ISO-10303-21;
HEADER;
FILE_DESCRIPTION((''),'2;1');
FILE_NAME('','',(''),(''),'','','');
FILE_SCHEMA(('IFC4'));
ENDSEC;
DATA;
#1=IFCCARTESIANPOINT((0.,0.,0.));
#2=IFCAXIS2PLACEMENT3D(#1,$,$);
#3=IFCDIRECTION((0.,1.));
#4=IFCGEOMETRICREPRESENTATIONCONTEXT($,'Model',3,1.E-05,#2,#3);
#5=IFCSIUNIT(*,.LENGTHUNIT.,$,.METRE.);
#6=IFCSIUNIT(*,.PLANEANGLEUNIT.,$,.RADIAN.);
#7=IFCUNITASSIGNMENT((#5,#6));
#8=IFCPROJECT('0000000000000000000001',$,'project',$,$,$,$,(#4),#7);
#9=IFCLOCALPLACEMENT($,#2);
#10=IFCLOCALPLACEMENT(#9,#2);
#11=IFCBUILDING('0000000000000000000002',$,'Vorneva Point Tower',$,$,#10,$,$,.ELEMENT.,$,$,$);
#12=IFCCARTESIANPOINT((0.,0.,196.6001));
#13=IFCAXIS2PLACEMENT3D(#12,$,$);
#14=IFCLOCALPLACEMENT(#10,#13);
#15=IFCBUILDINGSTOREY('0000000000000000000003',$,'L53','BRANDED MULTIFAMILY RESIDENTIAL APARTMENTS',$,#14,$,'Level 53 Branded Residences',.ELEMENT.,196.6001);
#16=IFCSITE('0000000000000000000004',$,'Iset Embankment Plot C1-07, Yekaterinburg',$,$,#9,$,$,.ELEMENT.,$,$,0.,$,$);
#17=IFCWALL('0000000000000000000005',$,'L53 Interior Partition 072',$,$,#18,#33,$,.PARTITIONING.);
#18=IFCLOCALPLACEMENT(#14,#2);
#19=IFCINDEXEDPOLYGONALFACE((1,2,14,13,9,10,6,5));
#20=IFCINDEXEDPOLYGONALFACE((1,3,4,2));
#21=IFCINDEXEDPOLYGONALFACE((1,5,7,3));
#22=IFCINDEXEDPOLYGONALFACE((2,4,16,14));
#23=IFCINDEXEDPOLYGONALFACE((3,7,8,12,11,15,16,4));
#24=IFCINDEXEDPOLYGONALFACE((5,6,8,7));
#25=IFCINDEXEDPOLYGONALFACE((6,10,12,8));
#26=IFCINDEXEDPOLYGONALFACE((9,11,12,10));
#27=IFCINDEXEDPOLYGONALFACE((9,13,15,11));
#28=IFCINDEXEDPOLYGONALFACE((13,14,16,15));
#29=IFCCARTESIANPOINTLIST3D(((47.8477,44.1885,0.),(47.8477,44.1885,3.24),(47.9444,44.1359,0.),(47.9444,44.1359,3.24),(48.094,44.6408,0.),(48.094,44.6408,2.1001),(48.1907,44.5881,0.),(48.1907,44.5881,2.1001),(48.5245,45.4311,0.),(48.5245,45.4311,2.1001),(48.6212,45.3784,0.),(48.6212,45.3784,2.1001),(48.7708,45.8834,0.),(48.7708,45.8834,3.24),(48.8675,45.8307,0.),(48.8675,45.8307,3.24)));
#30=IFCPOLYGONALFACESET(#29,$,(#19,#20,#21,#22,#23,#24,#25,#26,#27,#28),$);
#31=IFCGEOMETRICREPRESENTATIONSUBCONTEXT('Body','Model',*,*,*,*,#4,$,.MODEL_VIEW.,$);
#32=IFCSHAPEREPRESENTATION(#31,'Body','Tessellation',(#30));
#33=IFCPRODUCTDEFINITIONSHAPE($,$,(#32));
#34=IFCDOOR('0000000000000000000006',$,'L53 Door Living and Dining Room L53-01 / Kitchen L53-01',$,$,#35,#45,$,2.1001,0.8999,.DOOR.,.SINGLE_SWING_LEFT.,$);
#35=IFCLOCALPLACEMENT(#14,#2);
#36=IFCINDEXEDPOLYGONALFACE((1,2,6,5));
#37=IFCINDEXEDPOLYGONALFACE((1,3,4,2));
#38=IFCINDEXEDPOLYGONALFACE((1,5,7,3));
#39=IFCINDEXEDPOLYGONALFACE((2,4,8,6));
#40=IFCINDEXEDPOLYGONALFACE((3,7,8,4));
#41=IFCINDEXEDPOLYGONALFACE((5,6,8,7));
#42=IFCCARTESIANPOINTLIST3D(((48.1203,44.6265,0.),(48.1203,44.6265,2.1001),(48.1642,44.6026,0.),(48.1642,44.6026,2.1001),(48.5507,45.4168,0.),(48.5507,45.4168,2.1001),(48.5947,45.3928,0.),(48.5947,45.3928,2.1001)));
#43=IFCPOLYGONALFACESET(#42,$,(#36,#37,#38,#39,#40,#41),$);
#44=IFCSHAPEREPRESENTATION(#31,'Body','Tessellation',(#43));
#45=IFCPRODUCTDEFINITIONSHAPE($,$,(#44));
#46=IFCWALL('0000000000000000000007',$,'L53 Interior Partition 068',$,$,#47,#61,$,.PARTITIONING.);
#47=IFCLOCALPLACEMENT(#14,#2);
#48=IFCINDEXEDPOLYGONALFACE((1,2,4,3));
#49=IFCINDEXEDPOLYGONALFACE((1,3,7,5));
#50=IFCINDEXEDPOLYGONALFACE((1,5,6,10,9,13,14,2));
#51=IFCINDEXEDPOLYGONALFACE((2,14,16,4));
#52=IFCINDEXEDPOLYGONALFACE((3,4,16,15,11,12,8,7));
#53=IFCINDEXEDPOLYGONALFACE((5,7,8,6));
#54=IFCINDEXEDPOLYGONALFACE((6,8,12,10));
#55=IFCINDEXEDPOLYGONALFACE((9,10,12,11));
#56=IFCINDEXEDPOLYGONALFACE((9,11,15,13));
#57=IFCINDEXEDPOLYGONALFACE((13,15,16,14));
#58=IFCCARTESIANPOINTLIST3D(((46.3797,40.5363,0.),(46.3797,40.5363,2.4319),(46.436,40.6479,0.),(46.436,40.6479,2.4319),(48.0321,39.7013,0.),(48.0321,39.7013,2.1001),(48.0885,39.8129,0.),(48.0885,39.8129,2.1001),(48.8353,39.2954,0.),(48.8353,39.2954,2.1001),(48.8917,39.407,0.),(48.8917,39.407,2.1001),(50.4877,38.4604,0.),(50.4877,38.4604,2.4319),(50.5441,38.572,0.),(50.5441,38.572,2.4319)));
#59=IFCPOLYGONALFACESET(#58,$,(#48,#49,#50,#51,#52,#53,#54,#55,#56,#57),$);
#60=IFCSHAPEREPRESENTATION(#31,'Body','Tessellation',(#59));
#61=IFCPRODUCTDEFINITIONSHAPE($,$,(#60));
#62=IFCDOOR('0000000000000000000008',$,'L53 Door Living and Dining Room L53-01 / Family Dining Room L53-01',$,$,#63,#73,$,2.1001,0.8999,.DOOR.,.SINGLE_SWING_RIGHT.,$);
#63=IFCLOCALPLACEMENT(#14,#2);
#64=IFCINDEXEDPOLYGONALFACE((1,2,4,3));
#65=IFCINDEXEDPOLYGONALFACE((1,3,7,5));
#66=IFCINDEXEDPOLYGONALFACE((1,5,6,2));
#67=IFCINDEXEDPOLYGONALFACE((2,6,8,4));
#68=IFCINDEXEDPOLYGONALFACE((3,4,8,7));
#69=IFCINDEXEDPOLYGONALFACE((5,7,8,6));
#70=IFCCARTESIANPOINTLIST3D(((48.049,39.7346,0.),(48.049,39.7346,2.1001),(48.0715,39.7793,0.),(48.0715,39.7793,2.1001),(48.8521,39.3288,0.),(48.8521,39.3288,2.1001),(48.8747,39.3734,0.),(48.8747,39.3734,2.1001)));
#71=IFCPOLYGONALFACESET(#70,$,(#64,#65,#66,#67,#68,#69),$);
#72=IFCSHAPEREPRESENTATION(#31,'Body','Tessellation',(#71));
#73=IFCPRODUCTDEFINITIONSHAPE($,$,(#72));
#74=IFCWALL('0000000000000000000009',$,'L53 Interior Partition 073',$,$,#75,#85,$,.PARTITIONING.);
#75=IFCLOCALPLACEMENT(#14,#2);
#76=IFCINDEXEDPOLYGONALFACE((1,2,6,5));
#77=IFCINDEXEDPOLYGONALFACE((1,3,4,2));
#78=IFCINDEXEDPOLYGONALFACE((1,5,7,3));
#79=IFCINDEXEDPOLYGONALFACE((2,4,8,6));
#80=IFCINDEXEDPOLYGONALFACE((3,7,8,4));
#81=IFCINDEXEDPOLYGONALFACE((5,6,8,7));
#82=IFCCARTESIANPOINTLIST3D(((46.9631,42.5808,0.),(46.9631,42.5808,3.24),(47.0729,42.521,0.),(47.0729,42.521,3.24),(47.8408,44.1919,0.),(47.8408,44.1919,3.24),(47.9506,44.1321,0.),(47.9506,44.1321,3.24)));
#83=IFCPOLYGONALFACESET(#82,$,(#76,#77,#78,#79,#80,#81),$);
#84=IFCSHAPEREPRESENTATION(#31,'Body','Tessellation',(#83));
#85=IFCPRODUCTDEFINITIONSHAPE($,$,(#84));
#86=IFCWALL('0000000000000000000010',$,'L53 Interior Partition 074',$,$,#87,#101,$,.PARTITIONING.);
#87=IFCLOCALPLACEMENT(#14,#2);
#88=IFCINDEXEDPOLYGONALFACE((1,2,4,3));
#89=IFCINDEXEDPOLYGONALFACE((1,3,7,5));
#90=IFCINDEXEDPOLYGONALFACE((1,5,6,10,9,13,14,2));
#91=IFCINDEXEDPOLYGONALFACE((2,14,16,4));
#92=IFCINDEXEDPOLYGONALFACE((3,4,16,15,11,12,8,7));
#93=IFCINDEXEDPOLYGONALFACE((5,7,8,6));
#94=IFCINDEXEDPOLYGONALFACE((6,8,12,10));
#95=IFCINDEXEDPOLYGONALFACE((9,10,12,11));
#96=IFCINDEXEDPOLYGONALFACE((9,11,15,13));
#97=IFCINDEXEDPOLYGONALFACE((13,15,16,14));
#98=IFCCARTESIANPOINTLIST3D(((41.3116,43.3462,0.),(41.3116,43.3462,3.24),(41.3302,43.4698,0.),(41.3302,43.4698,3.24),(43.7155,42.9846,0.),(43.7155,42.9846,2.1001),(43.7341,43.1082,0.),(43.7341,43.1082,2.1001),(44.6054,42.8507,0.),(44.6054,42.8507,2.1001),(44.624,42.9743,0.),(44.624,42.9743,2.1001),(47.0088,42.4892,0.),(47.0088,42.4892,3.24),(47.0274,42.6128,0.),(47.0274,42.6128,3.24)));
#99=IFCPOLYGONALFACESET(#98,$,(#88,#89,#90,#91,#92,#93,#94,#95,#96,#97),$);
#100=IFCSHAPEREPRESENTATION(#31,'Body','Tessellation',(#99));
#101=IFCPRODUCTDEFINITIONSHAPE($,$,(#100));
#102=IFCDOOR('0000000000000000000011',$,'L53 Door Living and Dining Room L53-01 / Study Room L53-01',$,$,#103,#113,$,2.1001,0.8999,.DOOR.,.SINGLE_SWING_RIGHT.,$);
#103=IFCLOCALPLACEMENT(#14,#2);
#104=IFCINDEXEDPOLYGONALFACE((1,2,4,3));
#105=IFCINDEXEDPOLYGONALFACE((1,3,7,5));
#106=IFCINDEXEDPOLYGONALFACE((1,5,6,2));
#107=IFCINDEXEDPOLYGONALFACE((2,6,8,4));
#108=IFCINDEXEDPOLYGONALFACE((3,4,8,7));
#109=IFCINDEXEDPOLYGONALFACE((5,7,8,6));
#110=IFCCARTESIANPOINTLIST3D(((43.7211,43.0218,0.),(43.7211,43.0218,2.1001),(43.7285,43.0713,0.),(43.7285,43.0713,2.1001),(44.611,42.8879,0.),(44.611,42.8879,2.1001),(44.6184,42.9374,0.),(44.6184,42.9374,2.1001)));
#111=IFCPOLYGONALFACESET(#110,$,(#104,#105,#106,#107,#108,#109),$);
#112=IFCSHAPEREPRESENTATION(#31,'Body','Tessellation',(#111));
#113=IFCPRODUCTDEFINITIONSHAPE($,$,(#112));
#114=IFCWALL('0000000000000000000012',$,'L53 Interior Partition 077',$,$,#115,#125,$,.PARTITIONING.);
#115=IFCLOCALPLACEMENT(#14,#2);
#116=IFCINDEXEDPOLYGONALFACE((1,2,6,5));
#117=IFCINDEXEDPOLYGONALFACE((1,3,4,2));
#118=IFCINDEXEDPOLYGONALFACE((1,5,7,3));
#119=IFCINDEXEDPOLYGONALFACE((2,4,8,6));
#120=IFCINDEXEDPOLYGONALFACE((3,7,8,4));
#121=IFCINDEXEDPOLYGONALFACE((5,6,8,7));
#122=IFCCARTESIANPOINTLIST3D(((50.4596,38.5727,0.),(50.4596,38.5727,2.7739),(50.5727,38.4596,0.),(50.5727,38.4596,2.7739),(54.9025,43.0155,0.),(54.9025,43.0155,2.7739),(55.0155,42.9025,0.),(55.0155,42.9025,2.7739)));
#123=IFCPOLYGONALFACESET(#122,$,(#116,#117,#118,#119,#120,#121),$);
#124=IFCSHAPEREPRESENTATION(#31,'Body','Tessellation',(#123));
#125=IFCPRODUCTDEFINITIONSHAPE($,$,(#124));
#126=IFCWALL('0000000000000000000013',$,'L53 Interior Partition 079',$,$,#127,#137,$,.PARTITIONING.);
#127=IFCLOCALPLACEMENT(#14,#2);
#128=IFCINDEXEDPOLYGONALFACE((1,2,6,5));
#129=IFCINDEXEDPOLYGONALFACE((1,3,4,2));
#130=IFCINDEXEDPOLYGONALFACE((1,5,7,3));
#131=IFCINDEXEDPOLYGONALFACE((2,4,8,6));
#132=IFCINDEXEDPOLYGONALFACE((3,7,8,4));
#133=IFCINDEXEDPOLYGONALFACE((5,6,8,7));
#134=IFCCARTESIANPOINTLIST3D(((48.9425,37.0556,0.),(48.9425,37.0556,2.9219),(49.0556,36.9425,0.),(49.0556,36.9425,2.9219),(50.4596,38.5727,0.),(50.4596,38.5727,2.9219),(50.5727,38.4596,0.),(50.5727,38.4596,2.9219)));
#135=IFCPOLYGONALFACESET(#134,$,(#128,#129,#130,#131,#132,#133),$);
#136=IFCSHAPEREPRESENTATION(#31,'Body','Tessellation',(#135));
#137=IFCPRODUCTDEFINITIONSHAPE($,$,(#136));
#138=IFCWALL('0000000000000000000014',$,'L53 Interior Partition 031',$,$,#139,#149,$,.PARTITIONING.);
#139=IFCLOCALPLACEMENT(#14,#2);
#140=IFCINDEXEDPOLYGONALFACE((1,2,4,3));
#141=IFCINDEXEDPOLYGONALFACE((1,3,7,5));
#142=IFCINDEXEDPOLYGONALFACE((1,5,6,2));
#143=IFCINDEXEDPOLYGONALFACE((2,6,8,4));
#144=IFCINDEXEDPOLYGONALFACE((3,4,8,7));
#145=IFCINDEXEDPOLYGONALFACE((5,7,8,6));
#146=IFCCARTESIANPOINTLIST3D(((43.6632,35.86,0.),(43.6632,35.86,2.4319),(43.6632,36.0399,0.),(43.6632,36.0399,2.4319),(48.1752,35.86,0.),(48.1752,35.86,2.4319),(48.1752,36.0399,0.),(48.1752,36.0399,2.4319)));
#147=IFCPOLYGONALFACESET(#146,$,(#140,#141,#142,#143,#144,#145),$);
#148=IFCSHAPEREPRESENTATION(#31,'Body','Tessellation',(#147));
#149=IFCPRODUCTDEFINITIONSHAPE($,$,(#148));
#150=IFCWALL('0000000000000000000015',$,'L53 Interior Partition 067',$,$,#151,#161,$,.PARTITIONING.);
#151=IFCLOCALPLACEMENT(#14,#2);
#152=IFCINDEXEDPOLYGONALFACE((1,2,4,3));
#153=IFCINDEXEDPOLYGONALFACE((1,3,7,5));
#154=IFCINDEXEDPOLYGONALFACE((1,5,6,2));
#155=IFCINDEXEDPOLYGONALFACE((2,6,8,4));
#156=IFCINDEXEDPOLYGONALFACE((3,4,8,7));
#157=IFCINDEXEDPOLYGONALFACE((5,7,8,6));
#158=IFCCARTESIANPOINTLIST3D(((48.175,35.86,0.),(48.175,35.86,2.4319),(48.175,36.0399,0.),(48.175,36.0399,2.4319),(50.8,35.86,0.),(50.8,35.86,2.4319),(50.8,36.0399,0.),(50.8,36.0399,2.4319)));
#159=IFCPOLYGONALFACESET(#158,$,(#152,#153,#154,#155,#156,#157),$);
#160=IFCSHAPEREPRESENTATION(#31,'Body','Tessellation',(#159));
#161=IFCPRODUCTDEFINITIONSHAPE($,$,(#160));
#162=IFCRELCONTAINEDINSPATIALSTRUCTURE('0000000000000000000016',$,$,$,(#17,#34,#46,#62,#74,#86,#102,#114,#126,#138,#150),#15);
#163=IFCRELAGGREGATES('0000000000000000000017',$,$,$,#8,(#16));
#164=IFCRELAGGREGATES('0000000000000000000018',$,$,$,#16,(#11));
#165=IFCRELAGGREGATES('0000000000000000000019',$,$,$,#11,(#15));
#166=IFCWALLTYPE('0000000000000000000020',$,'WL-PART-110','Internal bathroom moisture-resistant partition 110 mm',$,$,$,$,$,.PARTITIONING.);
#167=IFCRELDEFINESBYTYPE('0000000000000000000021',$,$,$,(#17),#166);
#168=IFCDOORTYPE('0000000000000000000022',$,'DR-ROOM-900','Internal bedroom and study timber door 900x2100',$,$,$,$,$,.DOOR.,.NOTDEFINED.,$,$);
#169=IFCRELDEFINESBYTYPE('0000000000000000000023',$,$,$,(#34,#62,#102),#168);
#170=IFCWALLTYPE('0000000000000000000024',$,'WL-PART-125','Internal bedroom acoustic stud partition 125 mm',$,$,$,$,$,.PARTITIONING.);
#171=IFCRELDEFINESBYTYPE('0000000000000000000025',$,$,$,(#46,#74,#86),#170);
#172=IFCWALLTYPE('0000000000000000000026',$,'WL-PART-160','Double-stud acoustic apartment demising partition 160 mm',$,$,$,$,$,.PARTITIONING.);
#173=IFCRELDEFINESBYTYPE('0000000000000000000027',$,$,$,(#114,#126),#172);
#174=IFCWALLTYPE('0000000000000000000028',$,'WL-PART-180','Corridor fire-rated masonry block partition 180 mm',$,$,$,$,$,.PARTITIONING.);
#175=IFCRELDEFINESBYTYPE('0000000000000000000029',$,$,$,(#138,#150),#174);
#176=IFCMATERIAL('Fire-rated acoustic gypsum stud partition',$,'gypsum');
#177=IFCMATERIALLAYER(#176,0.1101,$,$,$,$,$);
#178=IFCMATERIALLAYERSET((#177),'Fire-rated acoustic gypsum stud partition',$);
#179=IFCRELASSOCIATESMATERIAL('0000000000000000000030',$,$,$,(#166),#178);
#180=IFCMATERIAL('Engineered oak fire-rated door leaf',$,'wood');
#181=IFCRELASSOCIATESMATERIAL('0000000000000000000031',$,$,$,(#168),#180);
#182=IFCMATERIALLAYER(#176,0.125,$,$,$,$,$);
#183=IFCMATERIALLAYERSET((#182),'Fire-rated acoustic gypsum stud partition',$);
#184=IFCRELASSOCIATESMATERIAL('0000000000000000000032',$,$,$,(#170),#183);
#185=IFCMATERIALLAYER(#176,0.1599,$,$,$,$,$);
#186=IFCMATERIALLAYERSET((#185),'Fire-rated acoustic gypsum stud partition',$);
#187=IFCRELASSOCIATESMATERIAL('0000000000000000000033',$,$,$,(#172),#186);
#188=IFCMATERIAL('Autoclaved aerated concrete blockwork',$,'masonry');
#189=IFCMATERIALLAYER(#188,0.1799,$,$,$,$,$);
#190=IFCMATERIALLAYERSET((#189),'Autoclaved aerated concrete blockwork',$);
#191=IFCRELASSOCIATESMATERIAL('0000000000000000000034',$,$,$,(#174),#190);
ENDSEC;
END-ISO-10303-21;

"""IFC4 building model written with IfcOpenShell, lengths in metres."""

from ifc_helpers import new_model, si_unit, direction, frame, frame_2d, origin, place, context, subcontext, project, spatial, rectangle, extrude, material, layer, layer_set, type_object, element, fill, save


model = new_model("IFC4")

# Units and contexts
model_context = context("Model", 3, precision=1e-05, world=origin(), true_north=direction((0.0, 1.0)))
body_context = subcontext(model_context, "Body", "Model", "MODEL_VIEW")
ifc_project = project(units=[si_unit("LENGTHUNIT", "METRE"), si_unit("PLANEANGLEUNIT", "RADIAN")], contexts=[model_context])

# Site, building, storey
site_placement = place(None, origin())
site = spatial("IfcSite", under=ifc_project, at=site_placement, Name="Iset Embankment Plot C1-07, Yekaterinburg", CompositionType="ELEMENT", RefElevation=0.0)
building_placement = place(site_placement, origin())
building = spatial("IfcBuilding", under=site, at=building_placement, Name="Vorneva Point Tower", CompositionType="ELEMENT")
storey_placement = place(building_placement, frame((0.0, 0.0, 196.6001)))
storey = spatial("IfcBuildingStorey", under=building, at=storey_placement, Name="L53", Description="BRANDED MULTIFAMILY RESIDENTIAL APARTMENTS", LongName="Level 53 Branded Residences", CompositionType="ELEMENT", Elevation=196.6001)

# Shared definitions
ifc_material_1 = material(Name="Fire-rated acoustic gypsum stud partition", Category="gypsum")
ifc_layer_1 = layer(ifc_material_1, 0.1101)
ifc_layer_set_1 = layer_set([ifc_layer_1], Name="Fire-rated acoustic gypsum stud partition")
wall_type_1 = type_object("IfcWallType", Name="WL-PART-110", Description="Internal bathroom moisture-resistant partition 110 mm", PredefinedType="PARTITIONING", material=ifc_layer_set_1)

# Walls, openings, doors
wall_1_placement = place(storey_placement, frame((48.8191, 45.8569, 0.0), z_axis=(0.0, 0.0, 1.0), x_axis=(-0.478311, -0.87819, 0.0)))
wall_1 = element("IfcWall", 1, at=wall_1_placement, inside=storey, type_object=wall_type_1, Name="L53 Interior Partition 072", PredefinedType="PARTITIONING", context=body_context, shape_type="SweptSolid", body=[
    extrude(rectangle(XDim=1.9299, YDim=0.1101, at=frame_2d((0.9648, 0.0))), origin(), (0.0, 0.0, 1.0), 3.24),
])
opening_1_placement = place(wall_1_placement, frame((0.5149, 0.0, 0.0)))
opening_1 = element("IfcOpeningElement", 2, at=opening_1_placement, cuts=wall_1, PredefinedType="OPENING", context=body_context, shape_type="SweptSolid", body=[
    extrude(rectangle(XDim=0.8999, YDim=2.1001, at=frame_2d((0.45, 1.05))), frame((0.0, 0.0698, 0.0), z_axis=(0.0, -1.0, 0.0), x_axis=(1.0, 0.0, 0.0)), (0.0, 0.0, 1.0), 0.1399),
])
ifc_material_2 = material(Name="Engineered oak fire-rated door leaf", Category="wood")
door_type = type_object("IfcDoorType", Name="DR-ROOM-900", Description="Internal bedroom and study timber door 900x2100", OperationType="NOTDEFINED", PredefinedType="DOOR", material=ifc_material_2)
door_1_placement = place(opening_1_placement, origin())
door_1 = element("IfcDoor", 3, at=door_1_placement, inside=storey, type_object=door_type, Name="L53 Door Living and Dining Room L53-01 / Kitchen L53-01", OperationType="SINGLE_SWING_LEFT", OverallHeight=2.1001, OverallWidth=0.8999, PredefinedType="DOOR", context=body_context, shape_type="SweptSolid", body=[
    extrude(rectangle(XDim=0.8999, YDim=2.1001, at=frame_2d((0.45, 1.05))), frame((0.0, 0.0249, 0.0), z_axis=(0.0, -1.0, 0.0), x_axis=(1.0, 0.0, 0.0)), (0.0, 0.0, 1.0), 0.05),
])
fill(opening_1, door_1)
ifc_layer_2 = layer(ifc_material_1, 0.125)
ifc_layer_set_2 = layer_set([ifc_layer_2], Name="Fire-rated acoustic gypsum stud partition")
wall_type_2 = type_object("IfcWallType", Name="WL-PART-125", Description="Internal bedroom acoustic stud partition 125 mm", PredefinedType="PARTITIONING", material=ifc_layer_set_2)
wall_2_placement = place(storey_placement, frame((46.408, 40.592, 0.0), z_axis=(0.0, 0.0, 1.0), x_axis=(0.89252, -0.451007, 0.0)))
wall_2 = element("IfcWall", 4, at=wall_2_placement, inside=storey, type_object=wall_type_2, Name="L53 Interior Partition 068", PredefinedType="PARTITIONING", context=body_context, shape_type="SweptSolid", body=[
    extrude(rectangle(XDim=4.6028, YDim=0.125, at=frame_2d((2.3013, 0.0))), origin(), (0.0, 0.0, 1.0), 2.4319),
])
opening_2_placement = place(wall_2_placement, frame((1.8513, 0.0, 0.0)))
opening_2 = element("IfcOpeningElement", 5, at=opening_2_placement, cuts=wall_2, PredefinedType="OPENING", context=body_context, shape_type="SweptSolid", body=[
    extrude(rectangle(XDim=0.8999, YDim=2.1001, at=frame_2d((0.45, 1.05))), frame((0.0, 0.0774, 0.0), z_axis=(0.0, -1.0, 0.0), x_axis=(1.0, 0.0, 0.0)), (0.0, 0.0, 1.0), 0.1548),
])
door_2_placement = place(opening_2_placement, origin())
door_2 = element("IfcDoor", 6, at=door_2_placement, inside=storey, type_object=door_type, Name="L53 Door Living and Dining Room L53-01 / Family Dining Room L53-01", OperationType="SINGLE_SWING_RIGHT", OverallHeight=2.1001, OverallWidth=0.8999, PredefinedType="DOOR", context=body_context, shape_type="SweptSolid", body=[
    extrude(rectangle(XDim=0.8999, YDim=2.1001, at=frame_2d((0.45, 1.05))), frame((0.0, 0.0249, 0.0), z_axis=(0.0, -1.0, 0.0), x_axis=(1.0, 0.0, 0.0)), (0.0, 0.0, 1.0), 0.05),
])
fill(opening_2, door_2)

# Wall
wall_3_placement = place(storey_placement, frame((47.8958, 44.1621, 0.0), z_axis=(0.0, 0.0, 1.0), x_axis=(-0.478395, -0.878145, 0.0)))
element("IfcWall", 7, at=wall_3_placement, inside=storey, type_object=wall_type_2, Name="L53 Interior Partition 073", PredefinedType="PARTITIONING", context=body_context, shape_type="SweptSolid", body=[
    extrude(rectangle(XDim=1.8347, YDim=0.125, at=frame_2d((0.9175, 0.0))), origin(), (0.0, 0.0, 1.0), 3.24),
])

# Wall, opening, door
wall_4_placement = place(storey_placement, frame((47.0181, 42.551, 0.0), z_axis=(0.0, 0.0, 1.0), x_axis=(-0.988876, 0.148745, 0.0)))
wall_4 = element("IfcWall", 8, at=wall_4_placement, inside=storey, type_object=wall_type_2, Name="L53 Interior Partition 074", PredefinedType="PARTITIONING", context=body_context, shape_type="SweptSolid", body=[
    extrude(rectangle(XDim=5.7612, YDim=0.125, at=frame_2d((2.8806, 0.0))), origin(), (0.0, 0.0, 1.0), 3.24),
])
opening_3_placement = place(wall_4_placement, frame((2.4304, 0.0, 0.0)))
opening_3 = element("IfcOpeningElement", 9, at=opening_3_placement, cuts=wall_4, PredefinedType="OPENING", context=body_context, shape_type="SweptSolid", body=[
    extrude(rectangle(XDim=0.8999, YDim=2.1001, at=frame_2d((0.45, 1.05))), frame((0.0, 0.0774, 0.0), z_axis=(0.0, -1.0, 0.0), x_axis=(1.0, 0.0, 0.0)), (0.0, 0.0, 1.0), 0.1548),
])
door_3_placement = place(opening_3_placement, origin())
door_3 = element("IfcDoor", 10, at=door_3_placement, inside=storey, type_object=door_type, Name="L53 Door Living and Dining Room L53-01 / Study Room L53-01", OperationType="SINGLE_SWING_RIGHT", OverallHeight=2.1001, OverallWidth=0.8999, PredefinedType="DOOR", context=body_context, shape_type="SweptSolid", body=[
    extrude(rectangle(XDim=0.8999, YDim=2.1001, at=frame_2d((0.45, 1.05))), frame((0.0, 0.0249, 0.0), z_axis=(0.0, -1.0, 0.0), x_axis=(1.0, 0.0, 0.0)), (0.0, 0.0, 1.0), 0.05),
])
fill(opening_3, door_3)

# Walls
ifc_layer_3 = layer(ifc_material_1, 0.1599)
ifc_layer_set_3 = layer_set([ifc_layer_3], Name="Fire-rated acoustic gypsum stud partition")
wall_type_3 = type_object("IfcWallType", Name="WL-PART-160", Description="Double-stud acoustic apartment demising partition 160 mm", PredefinedType="PARTITIONING", material=ifc_layer_set_3)
wall_5_placement = place(storey_placement, frame((50.5161, 38.5161, 0.0), z_axis=(0.0, 0.0, 1.0), x_axis=(0.707107, 0.707107, 0.0)))
element("IfcWall", 11, at=wall_5_placement, inside=storey, type_object=wall_type_3, Name="L53 Interior Partition 077", PredefinedType="PARTITIONING", context=body_context, shape_type="SweptSolid", body=[
    extrude(rectangle(XDim=6.2832, YDim=0.1599, at=frame_2d((3.1416, 0.0))), origin(), (0.0, 0.0, 1.0), 2.7739),
])
wall_6_placement = place(storey_placement, frame((48.999, 36.999, 0.0), z_axis=(0.0, 0.0, 1.0), x_axis=(0.707107, 0.707107, 0.0)))
element("IfcWall", 12, at=wall_6_placement, inside=storey, type_object=wall_type_3, Name="L53 Interior Partition 079", PredefinedType="PARTITIONING", context=body_context, shape_type="SweptSolid", body=[
    extrude(rectangle(XDim=2.1455, YDim=0.1599, at=frame_2d((1.0728, 0.0))), origin(), (0.0, 0.0, 1.0), 2.9219),
])
ifc_material_3 = material(Name="Autoclaved aerated concrete blockwork", Category="masonry")
ifc_layer_4 = layer(ifc_material_3, 0.1799)
ifc_layer_set_4 = layer_set([ifc_layer_4], Name="Autoclaved aerated concrete blockwork")
wall_type_4 = type_object("IfcWallType", Name="WL-PART-180", Description="Corridor fire-rated masonry block partition 180 mm", PredefinedType="PARTITIONING", material=ifc_layer_set_4)
wall_7_placement = place(storey_placement, frame((48.175, 35.95, 0.0), z_axis=(0.0, 0.0, 1.0), x_axis=(-1.0, 0.0, 0.0)))
element("IfcWall", 13, at=wall_7_placement, inside=storey, type_object=wall_type_4, Name="L53 Interior Partition 031", PredefinedType="PARTITIONING", context=body_context, shape_type="SweptSolid", body=[
    extrude(rectangle(XDim=4.512, YDim=0.1799, at=frame_2d((2.2559, 0.0))), origin(), (0.0, 0.0, 1.0), 2.4319),
])
wall_8_placement = place(storey_placement, frame((50.8, 35.95, 0.0), z_axis=(0.0, 0.0, 1.0), x_axis=(-1.0, 0.0, 0.0)))
element("IfcWall", 14, at=wall_8_placement, inside=storey, type_object=wall_type_4, Name="L53 Interior Partition 067", PredefinedType="PARTITIONING", context=body_context, shape_type="SweptSolid", body=[
    extrude(rectangle(XDim=2.625, YDim=0.1799, at=frame_2d((1.3125, 0.0))), origin(), (0.0, 0.0, 1.0), 2.4319),
])

save(model, "model.ifc")
